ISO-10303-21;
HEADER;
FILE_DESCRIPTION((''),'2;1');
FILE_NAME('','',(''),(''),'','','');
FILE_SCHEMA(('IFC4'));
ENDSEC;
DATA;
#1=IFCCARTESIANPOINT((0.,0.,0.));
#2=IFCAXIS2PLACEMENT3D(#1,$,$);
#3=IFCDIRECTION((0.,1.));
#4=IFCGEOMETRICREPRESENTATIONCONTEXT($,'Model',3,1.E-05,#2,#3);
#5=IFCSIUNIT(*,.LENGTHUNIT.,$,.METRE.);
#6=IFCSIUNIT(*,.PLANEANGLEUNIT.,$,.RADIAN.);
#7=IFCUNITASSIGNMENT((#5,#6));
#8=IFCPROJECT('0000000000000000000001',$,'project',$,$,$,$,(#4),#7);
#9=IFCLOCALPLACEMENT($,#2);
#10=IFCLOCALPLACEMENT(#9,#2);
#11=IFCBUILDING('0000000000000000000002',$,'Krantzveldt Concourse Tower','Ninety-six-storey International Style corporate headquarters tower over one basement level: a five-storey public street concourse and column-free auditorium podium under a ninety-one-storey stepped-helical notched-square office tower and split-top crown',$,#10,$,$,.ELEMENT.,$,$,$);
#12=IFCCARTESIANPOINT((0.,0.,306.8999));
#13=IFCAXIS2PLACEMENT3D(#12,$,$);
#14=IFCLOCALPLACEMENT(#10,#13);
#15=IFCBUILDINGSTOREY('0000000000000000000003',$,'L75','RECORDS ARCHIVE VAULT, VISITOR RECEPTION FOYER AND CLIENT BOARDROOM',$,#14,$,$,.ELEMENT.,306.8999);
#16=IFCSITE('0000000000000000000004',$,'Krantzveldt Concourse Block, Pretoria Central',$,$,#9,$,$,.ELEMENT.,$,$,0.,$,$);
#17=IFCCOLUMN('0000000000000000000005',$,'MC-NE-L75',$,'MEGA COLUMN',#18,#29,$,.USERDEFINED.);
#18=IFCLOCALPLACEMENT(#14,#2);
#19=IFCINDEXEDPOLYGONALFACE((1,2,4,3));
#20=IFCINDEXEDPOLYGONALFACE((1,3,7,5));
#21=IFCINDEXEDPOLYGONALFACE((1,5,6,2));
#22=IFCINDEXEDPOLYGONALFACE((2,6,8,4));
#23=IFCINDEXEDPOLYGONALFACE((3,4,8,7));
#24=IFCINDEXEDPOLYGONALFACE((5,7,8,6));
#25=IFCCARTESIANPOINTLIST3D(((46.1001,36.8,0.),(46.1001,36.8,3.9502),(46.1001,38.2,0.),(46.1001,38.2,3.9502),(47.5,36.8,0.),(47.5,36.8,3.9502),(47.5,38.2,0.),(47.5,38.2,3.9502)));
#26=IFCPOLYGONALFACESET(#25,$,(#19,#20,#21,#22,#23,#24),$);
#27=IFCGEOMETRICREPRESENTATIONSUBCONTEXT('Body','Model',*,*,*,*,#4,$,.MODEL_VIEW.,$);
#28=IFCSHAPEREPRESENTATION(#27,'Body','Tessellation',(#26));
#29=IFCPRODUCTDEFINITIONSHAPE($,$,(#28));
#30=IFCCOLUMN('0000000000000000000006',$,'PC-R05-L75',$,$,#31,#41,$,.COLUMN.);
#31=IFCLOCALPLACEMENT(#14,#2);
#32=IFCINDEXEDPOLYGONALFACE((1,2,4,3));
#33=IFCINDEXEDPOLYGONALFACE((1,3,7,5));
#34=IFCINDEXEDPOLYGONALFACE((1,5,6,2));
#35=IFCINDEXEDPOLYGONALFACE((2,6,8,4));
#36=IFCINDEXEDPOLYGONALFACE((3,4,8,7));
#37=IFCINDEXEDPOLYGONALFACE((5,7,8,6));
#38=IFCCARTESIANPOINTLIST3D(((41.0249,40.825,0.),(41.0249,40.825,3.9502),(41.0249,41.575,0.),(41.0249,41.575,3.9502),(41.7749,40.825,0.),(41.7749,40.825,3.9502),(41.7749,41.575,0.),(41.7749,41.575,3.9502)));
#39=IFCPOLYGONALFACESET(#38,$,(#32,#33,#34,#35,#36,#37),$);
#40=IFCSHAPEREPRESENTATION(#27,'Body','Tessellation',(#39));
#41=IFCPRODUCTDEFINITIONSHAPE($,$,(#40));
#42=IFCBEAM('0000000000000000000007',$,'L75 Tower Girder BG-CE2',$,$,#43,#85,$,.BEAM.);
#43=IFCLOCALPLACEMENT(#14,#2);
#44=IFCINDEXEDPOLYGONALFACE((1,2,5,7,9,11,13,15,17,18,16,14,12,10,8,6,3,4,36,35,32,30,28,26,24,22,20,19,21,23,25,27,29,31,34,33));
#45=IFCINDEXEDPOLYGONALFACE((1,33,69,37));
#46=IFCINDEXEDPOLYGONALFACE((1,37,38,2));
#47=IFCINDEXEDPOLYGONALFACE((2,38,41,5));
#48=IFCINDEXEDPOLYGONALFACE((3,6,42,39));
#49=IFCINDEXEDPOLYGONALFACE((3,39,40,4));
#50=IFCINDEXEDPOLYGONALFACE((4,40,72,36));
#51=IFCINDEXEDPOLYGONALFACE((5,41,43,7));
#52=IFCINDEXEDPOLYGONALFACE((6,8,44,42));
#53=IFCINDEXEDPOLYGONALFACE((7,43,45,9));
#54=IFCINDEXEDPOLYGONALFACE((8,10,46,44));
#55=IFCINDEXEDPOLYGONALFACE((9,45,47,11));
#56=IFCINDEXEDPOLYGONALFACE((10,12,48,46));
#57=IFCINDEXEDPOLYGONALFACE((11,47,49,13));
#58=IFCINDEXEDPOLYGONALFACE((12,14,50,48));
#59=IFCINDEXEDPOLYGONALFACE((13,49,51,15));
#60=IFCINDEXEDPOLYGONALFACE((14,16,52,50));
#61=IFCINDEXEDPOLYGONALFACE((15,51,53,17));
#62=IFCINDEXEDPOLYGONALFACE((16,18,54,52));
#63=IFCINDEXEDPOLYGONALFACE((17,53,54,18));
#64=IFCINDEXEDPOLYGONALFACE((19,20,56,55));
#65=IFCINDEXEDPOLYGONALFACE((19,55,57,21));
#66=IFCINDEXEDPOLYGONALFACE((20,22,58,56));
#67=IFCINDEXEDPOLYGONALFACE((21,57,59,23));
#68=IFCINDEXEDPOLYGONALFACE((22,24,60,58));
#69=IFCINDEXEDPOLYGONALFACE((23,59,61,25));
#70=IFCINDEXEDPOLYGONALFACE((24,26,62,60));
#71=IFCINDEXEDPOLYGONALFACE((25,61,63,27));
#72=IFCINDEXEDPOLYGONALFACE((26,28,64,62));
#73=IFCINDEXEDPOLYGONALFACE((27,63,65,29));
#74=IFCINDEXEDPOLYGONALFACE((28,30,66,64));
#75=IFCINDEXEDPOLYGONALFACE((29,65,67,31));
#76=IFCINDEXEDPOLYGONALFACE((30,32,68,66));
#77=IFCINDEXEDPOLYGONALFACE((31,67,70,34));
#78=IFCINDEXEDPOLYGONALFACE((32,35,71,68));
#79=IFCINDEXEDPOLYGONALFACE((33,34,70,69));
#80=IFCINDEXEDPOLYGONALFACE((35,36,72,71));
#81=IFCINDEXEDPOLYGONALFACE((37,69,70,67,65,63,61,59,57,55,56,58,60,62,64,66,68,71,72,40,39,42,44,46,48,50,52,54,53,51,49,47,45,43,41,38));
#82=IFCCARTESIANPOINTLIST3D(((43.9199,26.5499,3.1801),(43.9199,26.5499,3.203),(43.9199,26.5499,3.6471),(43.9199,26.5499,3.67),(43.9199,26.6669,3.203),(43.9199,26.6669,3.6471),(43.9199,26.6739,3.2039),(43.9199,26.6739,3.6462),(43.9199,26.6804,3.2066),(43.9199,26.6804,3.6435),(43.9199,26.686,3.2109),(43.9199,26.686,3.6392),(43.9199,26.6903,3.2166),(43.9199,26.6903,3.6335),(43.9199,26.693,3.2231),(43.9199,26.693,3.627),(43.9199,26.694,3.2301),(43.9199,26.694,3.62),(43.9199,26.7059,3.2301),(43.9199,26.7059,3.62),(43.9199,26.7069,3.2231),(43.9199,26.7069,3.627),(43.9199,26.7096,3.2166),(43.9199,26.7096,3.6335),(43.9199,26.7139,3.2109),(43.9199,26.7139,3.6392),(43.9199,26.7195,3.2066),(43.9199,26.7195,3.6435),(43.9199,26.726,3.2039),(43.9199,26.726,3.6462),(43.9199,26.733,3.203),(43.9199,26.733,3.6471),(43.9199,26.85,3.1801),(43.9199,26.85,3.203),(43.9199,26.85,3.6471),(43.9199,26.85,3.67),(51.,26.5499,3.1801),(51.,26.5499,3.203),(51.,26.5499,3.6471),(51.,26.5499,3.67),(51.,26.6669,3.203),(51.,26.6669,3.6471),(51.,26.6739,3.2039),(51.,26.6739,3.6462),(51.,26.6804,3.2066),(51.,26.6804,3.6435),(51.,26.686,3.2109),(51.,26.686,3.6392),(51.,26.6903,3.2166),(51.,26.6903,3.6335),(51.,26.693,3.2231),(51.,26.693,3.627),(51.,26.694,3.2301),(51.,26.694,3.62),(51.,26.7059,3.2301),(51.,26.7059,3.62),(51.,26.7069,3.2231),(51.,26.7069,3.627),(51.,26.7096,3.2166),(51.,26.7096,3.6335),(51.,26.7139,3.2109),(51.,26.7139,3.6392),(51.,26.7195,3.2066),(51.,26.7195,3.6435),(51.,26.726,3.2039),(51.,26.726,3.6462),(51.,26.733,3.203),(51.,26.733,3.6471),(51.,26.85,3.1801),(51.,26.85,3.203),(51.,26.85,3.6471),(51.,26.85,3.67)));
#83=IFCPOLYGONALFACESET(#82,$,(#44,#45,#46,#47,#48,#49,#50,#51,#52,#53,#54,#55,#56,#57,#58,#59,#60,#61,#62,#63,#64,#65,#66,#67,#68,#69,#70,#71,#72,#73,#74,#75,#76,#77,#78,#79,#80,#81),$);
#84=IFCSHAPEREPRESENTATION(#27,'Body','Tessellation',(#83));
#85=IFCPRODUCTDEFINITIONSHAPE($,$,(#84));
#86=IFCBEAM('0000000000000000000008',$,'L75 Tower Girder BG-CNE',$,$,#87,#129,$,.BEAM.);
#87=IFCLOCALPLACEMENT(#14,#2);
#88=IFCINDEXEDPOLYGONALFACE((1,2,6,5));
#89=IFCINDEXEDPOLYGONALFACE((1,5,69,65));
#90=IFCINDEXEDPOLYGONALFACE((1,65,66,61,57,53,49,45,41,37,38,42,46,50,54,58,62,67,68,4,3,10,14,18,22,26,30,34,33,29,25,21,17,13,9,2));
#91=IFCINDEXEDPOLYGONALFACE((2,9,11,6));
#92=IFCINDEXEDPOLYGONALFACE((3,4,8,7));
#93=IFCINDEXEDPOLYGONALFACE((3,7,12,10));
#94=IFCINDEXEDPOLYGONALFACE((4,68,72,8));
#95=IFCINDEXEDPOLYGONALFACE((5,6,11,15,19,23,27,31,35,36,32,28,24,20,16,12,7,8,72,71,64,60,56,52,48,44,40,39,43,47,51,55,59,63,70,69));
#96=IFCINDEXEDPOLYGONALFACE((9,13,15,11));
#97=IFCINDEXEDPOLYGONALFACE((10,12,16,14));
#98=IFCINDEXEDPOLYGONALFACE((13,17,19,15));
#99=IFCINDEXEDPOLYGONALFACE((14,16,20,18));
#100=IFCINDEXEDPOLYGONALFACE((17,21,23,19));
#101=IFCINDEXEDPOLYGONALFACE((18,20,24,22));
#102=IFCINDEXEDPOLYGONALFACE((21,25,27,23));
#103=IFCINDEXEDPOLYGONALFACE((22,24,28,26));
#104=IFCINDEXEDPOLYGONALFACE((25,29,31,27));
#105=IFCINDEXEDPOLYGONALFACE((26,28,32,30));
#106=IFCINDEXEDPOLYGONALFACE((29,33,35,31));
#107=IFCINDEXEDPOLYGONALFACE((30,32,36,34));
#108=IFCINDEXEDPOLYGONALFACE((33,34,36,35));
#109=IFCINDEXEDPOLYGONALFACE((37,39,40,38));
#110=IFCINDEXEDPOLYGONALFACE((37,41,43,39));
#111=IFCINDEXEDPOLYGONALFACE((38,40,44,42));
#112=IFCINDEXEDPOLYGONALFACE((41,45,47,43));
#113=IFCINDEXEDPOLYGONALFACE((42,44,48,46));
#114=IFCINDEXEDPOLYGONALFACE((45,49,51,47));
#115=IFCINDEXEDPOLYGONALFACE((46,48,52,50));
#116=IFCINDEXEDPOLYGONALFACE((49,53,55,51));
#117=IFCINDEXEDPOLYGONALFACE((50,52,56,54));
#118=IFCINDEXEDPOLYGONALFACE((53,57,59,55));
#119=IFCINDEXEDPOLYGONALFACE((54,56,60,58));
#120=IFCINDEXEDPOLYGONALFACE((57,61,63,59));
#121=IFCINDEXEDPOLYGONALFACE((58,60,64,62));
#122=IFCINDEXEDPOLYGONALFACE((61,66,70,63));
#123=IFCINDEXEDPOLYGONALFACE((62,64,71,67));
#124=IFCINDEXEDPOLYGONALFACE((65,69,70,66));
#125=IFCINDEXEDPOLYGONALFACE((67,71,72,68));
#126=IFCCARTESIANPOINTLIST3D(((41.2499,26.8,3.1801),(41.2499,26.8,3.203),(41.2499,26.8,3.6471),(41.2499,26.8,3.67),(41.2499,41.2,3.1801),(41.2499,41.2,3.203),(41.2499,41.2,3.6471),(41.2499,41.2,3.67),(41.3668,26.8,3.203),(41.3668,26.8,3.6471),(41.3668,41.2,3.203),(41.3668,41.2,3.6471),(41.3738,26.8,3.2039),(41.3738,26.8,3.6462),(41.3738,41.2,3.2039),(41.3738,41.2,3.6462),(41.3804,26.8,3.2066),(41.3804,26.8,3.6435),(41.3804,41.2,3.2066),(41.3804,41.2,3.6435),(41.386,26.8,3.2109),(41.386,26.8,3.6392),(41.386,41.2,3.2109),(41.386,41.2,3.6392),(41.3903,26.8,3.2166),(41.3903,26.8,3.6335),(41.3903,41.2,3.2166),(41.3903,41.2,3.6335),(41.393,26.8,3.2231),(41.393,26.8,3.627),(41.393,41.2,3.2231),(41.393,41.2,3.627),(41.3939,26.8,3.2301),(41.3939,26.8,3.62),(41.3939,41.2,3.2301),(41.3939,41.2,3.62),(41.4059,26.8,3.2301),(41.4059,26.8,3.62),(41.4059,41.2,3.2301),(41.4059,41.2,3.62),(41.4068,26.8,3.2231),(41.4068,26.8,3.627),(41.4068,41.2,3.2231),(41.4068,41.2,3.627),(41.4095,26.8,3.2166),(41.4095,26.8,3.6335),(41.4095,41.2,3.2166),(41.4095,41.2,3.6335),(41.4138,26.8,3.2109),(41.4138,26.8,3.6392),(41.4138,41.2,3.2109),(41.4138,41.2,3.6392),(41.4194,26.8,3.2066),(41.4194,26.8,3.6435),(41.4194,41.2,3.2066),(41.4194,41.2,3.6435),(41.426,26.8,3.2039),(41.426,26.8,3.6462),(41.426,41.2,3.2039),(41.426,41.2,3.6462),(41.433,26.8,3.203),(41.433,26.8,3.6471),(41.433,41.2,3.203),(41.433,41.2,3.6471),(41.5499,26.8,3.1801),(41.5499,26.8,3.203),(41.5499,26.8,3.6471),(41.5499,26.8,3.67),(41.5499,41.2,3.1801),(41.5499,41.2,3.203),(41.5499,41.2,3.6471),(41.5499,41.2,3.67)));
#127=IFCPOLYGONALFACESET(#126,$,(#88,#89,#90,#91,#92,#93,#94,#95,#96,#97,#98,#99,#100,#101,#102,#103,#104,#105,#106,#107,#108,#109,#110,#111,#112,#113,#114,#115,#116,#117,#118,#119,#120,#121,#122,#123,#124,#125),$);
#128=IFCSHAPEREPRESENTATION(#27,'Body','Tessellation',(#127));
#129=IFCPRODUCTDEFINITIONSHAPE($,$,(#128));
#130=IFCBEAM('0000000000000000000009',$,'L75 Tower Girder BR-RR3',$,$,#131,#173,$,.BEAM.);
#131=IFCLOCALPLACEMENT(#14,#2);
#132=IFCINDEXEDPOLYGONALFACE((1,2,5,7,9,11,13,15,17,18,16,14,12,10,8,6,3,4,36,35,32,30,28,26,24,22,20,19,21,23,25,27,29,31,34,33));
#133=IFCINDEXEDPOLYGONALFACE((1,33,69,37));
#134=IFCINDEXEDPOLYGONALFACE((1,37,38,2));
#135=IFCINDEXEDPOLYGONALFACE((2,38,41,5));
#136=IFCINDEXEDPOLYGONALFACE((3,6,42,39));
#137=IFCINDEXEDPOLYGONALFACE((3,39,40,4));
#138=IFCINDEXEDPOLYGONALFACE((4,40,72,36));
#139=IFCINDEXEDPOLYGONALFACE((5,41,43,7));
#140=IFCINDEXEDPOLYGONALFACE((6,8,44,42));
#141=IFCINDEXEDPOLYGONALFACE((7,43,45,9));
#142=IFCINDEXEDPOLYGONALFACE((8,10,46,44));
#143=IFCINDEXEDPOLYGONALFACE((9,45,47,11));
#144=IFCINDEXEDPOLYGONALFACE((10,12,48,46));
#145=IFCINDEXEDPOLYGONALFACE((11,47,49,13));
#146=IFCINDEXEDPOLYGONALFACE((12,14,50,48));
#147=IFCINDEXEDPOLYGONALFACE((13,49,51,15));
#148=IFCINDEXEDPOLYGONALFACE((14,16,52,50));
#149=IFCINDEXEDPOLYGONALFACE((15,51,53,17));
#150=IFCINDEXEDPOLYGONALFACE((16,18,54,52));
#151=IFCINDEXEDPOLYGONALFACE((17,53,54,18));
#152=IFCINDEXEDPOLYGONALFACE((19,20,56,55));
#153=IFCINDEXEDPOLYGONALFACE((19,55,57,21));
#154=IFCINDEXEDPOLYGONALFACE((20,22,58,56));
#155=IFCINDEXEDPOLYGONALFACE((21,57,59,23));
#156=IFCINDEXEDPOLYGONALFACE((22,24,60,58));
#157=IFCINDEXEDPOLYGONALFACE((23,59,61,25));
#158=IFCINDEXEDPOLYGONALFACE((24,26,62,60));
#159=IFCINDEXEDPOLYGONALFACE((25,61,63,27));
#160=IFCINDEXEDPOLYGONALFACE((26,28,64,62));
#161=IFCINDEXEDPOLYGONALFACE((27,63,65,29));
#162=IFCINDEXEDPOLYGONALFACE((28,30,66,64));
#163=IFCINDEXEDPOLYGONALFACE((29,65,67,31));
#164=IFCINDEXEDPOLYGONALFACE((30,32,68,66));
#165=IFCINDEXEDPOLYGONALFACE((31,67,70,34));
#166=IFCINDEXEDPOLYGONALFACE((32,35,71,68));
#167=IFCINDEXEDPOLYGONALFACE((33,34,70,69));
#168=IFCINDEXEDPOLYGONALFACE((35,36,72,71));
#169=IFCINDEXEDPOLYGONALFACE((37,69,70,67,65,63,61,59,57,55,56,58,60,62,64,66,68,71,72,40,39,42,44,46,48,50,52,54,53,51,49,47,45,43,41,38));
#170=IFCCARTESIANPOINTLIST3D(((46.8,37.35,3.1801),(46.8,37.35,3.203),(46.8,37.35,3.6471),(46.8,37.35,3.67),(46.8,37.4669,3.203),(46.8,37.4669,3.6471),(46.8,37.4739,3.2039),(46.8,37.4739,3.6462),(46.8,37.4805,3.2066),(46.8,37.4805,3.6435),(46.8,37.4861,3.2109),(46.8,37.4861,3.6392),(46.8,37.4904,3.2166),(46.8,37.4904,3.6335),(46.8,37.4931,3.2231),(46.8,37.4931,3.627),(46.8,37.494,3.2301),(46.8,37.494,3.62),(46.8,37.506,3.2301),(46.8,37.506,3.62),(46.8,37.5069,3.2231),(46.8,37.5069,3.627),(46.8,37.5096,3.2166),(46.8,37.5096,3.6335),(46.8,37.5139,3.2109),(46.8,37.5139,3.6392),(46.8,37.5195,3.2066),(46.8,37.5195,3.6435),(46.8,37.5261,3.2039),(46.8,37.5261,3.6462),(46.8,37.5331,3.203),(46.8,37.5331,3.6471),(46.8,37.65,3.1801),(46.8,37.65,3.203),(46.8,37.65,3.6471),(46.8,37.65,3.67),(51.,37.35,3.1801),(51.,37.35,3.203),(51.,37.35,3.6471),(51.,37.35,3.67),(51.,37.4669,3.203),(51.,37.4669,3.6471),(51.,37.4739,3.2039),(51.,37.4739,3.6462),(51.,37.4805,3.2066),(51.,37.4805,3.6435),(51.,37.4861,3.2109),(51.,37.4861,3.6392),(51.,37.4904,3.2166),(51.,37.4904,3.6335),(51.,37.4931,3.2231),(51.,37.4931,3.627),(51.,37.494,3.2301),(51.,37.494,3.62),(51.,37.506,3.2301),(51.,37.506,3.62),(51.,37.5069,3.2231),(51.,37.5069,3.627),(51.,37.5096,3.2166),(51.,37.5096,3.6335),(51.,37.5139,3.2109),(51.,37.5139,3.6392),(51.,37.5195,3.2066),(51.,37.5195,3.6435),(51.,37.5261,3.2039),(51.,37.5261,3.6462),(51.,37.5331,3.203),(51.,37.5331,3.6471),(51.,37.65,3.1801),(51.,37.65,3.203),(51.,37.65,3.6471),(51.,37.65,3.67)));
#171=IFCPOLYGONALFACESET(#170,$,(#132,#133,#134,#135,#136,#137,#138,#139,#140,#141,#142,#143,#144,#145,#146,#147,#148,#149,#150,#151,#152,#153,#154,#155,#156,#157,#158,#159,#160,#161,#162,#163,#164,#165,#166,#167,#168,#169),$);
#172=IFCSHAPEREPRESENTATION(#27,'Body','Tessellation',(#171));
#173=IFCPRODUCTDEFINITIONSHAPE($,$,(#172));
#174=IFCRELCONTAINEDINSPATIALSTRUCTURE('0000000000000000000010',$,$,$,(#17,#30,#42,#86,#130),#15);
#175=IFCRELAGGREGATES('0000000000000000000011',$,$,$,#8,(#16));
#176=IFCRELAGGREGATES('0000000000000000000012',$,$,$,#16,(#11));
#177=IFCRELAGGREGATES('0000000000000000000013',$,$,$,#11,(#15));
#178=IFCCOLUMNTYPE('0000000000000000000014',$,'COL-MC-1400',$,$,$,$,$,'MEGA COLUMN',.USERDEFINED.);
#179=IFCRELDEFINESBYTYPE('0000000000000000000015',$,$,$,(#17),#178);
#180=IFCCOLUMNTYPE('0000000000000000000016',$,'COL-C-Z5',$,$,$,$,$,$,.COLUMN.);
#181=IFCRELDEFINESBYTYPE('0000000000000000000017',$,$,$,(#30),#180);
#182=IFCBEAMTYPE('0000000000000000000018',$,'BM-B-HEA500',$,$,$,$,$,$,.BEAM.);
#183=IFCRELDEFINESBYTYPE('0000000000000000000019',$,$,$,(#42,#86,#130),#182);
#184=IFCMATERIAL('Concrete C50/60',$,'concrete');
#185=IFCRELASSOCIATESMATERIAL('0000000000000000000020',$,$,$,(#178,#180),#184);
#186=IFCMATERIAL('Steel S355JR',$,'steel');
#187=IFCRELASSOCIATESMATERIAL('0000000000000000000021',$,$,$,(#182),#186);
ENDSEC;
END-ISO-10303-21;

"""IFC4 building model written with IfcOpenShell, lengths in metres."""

from ifc_helpers import new_model, si_unit, direction, frame, origin, origin_2d, place, context, subcontext, project, spatial, rectangle, i_section, extrude, source, transform, mapped, material, material_profile, profile_set, type_object, type_shapes, element, save


model = new_model("IFC4")

# Units and contexts
model_context = context("Model", 3, precision=1e-05, world=origin(), true_north=direction((0.0, 1.0)))
body_context = subcontext(model_context, "Body", "Model", "MODEL_VIEW")
ifc_project = project(units=[si_unit("LENGTHUNIT", "METRE"), si_unit("PLANEANGLEUNIT", "RADIAN")], contexts=[model_context])

# Site, building, storey
site_placement = place(None, origin())
site = spatial("IfcSite", under=ifc_project, at=site_placement, Name="Krantzveldt Concourse Block, Pretoria Central", CompositionType="ELEMENT", RefElevation=0.0)
building_placement = place(site_placement, origin())
building = spatial("IfcBuilding", under=site, at=building_placement, Name="Krantzveldt Concourse Tower", Description="Ninety-six-storey International Style corporate headquarters tower over one basement level: a five-storey public street concourse and column-free auditorium podium under a ninety-one-storey stepped-helical notched-square office tower and split-top crown", CompositionType="ELEMENT")
storey_placement = place(building_placement, frame((0.0, 0.0, 306.8999)))
storey = spatial("IfcBuildingStorey", under=building, at=storey_placement, Name="L75", Description="RECORDS ARCHIVE VAULT, VISITOR RECEPTION FOYER AND CLIENT BOARDROOM", CompositionType="ELEMENT", Elevation=306.8999)

# Columns
ifc_material_1 = material(Name="Concrete C50/60", Category="concrete")
ifc_material_profile_1 = material_profile(ifc_material_1, rectangle(XDim=1.3999, YDim=1.3999, at=origin_2d()), Name="Concrete C50/60", Category="concrete")
ifc_profile_set_1 = profile_set([ifc_material_profile_1], Name="Concrete C50/60 - RC 1400x1400")
column_type_1 = type_object("IfcColumnType", Name="COL-MC-1400", ElementType="MEGA COLUMN", PredefinedType="USERDEFINED", material=ifc_profile_set_1)
shared_shape_1 = source(origin(), body_context, "Body", "SweptSolid", [
    extrude(rectangle(XDim=1.3999, YDim=1.3999, at=origin_2d()), origin(), (0.0, 0.0, 1.0), 3.9502),
])
type_shapes(column_type_1, [shared_shape_1])
column_1_placement = place(storey_placement, frame((46.8, 37.5, 0.0), z_axis=(0.0, 0.0, 1.0), x_axis=(1.0, 0.0, 0.0)))
element("IfcColumn", 1, at=column_1_placement, inside=storey, type_object=column_type_1, Name="MC-NE-L75", ObjectType="MEGA COLUMN", PredefinedType="USERDEFINED", context=body_context, shape_type="MappedRepresentation", body=[
    mapped(shared_shape_1, transform((0.0, 0.0, 0.0), x_axis=(1.0, 0.0, 0.0), y_axis=(0.0, 1.0, 0.0), z_axis=(0.0, 0.0, 1.0), scale=1.0)),
])
ifc_material_profile_2 = material_profile(ifc_material_1, rectangle(XDim=0.75, YDim=0.75, at=origin_2d()), Name="Concrete C50/60", Category="concrete")
ifc_profile_set_2 = profile_set([ifc_material_profile_2], Name="Concrete C50/60 - RC 750x750")
column_type_2 = type_object("IfcColumnType", Name="COL-C-Z5", PredefinedType="COLUMN", material=ifc_profile_set_2)
shared_shape_2 = source(origin(), body_context, "Body", "SweptSolid", [
    extrude(rectangle(XDim=0.75, YDim=0.75, at=origin_2d()), origin(), (0.0, 0.0, 1.0), 3.9502),
])
type_shapes(column_type_2, [shared_shape_2])
column_2_placement = place(storey_placement, frame((41.3999, 41.2, 0.0), z_axis=(0.0, 0.0, 1.0), x_axis=(1.0, 0.0, 0.0)))
element("IfcColumn", 2, at=column_2_placement, inside=storey, type_object=column_type_2, Name="PC-R05-L75", PredefinedType="COLUMN", context=body_context, shape_type="MappedRepresentation", body=[
    mapped(shared_shape_2, transform((0.0, 0.0, 0.0), x_axis=(1.0, 0.0, 0.0), y_axis=(0.0, 1.0, 0.0), z_axis=(0.0, 0.0, 1.0), scale=1.0)),
])

# Beams
ifc_material_2 = material(Name="Steel S355JR", Category="steel")
ifc_material_profile_3 = material_profile(ifc_material_2, i_section(OverallWidth=0.3, OverallDepth=0.49, WebThickness=0.012, FlangeThickness=0.0229, FilletRadius=0.0271, at=origin_2d()), Name="Steel S355JR", Category="steel")
ifc_profile_set_3 = profile_set([ifc_material_profile_3], Name="Steel S355JR - HEA 500")
beam_type_1 = type_object("IfcBeamType", Name="BM-B-HEA500", PredefinedType="BEAM", material=ifc_profile_set_3)
shared_shape_3 = source(origin(), body_context, "Body", "SweptSolid", [
    extrude(i_section(OverallWidth=0.3, OverallDepth=0.49, WebThickness=0.012, FlangeThickness=0.0229, FilletRadius=0.0271, at=origin_2d()), origin(), (0.0, 0.0, 1.0), 7.0801),
])
beam_1_placement = place(storey_placement, frame((43.9199, 26.7, 3.425), z_axis=(1.0, 0.0, 0.0), x_axis=(0.0, 1.0, 0.0)))
element("IfcBeam", 3, at=beam_1_placement, inside=storey, type_object=beam_type_1, Name="L75 Tower Girder BG-CE2", PredefinedType="BEAM", context=body_context, shape_type="MappedRepresentation", body=[
    mapped(shared_shape_3, transform((0.0, 0.0, 0.0), x_axis=(1.0, 0.0, 0.0), y_axis=(0.0, 1.0, 0.0), z_axis=(0.0, 0.0, 1.0), scale=1.0)),
])
shared_shape_4 = source(origin(), body_context, "Body", "SweptSolid", [
    extrude(i_section(OverallWidth=0.3, OverallDepth=0.49, WebThickness=0.012, FlangeThickness=0.0229, FilletRadius=0.0271, at=origin_2d()), origin(), (0.0, 0.0, 1.0), 14.3999),
])
beam_2_placement = place(storey_placement, frame((41.3999, 26.8, 3.425), z_axis=(0.0, 1.0, 0.0), x_axis=(-1.0, 0.0, 0.0)))
element("IfcBeam", 4, at=beam_2_placement, inside=storey, type_object=beam_type_1, Name="L75 Tower Girder BG-CNE", PredefinedType="BEAM", context=body_context, shape_type="MappedRepresentation", body=[
    mapped(shared_shape_4, transform((0.0, 0.0, 0.0), x_axis=(1.0, 0.0, 0.0), y_axis=(0.0, 1.0, 0.0), z_axis=(0.0, 0.0, 1.0), scale=1.0)),
])
shared_shape_5 = source(origin(), body_context, "Body", "SweptSolid", [
    extrude(i_section(OverallWidth=0.3, OverallDepth=0.49, WebThickness=0.012, FlangeThickness=0.0229, FilletRadius=0.0271, at=origin_2d()), origin(), (0.0, 0.0, 1.0), 4.2),
])
beam_3_placement = place(storey_placement, frame((46.8, 37.5, 3.425), z_axis=(1.0, 0.0, 0.0), x_axis=(0.0, 1.0, 0.0)))
element("IfcBeam", 5, at=beam_3_placement, inside=storey, type_object=beam_type_1, Name="L75 Tower Girder BR-RR3", PredefinedType="BEAM", context=body_context, shape_type="MappedRepresentation", body=[
    mapped(shared_shape_5, transform((0.0, 0.0, 0.0), x_axis=(1.0, 0.0, 0.0), y_axis=(0.0, 1.0, 0.0), z_axis=(0.0, 0.0, 1.0), scale=1.0)),
])

save(model, "model.ifc")
